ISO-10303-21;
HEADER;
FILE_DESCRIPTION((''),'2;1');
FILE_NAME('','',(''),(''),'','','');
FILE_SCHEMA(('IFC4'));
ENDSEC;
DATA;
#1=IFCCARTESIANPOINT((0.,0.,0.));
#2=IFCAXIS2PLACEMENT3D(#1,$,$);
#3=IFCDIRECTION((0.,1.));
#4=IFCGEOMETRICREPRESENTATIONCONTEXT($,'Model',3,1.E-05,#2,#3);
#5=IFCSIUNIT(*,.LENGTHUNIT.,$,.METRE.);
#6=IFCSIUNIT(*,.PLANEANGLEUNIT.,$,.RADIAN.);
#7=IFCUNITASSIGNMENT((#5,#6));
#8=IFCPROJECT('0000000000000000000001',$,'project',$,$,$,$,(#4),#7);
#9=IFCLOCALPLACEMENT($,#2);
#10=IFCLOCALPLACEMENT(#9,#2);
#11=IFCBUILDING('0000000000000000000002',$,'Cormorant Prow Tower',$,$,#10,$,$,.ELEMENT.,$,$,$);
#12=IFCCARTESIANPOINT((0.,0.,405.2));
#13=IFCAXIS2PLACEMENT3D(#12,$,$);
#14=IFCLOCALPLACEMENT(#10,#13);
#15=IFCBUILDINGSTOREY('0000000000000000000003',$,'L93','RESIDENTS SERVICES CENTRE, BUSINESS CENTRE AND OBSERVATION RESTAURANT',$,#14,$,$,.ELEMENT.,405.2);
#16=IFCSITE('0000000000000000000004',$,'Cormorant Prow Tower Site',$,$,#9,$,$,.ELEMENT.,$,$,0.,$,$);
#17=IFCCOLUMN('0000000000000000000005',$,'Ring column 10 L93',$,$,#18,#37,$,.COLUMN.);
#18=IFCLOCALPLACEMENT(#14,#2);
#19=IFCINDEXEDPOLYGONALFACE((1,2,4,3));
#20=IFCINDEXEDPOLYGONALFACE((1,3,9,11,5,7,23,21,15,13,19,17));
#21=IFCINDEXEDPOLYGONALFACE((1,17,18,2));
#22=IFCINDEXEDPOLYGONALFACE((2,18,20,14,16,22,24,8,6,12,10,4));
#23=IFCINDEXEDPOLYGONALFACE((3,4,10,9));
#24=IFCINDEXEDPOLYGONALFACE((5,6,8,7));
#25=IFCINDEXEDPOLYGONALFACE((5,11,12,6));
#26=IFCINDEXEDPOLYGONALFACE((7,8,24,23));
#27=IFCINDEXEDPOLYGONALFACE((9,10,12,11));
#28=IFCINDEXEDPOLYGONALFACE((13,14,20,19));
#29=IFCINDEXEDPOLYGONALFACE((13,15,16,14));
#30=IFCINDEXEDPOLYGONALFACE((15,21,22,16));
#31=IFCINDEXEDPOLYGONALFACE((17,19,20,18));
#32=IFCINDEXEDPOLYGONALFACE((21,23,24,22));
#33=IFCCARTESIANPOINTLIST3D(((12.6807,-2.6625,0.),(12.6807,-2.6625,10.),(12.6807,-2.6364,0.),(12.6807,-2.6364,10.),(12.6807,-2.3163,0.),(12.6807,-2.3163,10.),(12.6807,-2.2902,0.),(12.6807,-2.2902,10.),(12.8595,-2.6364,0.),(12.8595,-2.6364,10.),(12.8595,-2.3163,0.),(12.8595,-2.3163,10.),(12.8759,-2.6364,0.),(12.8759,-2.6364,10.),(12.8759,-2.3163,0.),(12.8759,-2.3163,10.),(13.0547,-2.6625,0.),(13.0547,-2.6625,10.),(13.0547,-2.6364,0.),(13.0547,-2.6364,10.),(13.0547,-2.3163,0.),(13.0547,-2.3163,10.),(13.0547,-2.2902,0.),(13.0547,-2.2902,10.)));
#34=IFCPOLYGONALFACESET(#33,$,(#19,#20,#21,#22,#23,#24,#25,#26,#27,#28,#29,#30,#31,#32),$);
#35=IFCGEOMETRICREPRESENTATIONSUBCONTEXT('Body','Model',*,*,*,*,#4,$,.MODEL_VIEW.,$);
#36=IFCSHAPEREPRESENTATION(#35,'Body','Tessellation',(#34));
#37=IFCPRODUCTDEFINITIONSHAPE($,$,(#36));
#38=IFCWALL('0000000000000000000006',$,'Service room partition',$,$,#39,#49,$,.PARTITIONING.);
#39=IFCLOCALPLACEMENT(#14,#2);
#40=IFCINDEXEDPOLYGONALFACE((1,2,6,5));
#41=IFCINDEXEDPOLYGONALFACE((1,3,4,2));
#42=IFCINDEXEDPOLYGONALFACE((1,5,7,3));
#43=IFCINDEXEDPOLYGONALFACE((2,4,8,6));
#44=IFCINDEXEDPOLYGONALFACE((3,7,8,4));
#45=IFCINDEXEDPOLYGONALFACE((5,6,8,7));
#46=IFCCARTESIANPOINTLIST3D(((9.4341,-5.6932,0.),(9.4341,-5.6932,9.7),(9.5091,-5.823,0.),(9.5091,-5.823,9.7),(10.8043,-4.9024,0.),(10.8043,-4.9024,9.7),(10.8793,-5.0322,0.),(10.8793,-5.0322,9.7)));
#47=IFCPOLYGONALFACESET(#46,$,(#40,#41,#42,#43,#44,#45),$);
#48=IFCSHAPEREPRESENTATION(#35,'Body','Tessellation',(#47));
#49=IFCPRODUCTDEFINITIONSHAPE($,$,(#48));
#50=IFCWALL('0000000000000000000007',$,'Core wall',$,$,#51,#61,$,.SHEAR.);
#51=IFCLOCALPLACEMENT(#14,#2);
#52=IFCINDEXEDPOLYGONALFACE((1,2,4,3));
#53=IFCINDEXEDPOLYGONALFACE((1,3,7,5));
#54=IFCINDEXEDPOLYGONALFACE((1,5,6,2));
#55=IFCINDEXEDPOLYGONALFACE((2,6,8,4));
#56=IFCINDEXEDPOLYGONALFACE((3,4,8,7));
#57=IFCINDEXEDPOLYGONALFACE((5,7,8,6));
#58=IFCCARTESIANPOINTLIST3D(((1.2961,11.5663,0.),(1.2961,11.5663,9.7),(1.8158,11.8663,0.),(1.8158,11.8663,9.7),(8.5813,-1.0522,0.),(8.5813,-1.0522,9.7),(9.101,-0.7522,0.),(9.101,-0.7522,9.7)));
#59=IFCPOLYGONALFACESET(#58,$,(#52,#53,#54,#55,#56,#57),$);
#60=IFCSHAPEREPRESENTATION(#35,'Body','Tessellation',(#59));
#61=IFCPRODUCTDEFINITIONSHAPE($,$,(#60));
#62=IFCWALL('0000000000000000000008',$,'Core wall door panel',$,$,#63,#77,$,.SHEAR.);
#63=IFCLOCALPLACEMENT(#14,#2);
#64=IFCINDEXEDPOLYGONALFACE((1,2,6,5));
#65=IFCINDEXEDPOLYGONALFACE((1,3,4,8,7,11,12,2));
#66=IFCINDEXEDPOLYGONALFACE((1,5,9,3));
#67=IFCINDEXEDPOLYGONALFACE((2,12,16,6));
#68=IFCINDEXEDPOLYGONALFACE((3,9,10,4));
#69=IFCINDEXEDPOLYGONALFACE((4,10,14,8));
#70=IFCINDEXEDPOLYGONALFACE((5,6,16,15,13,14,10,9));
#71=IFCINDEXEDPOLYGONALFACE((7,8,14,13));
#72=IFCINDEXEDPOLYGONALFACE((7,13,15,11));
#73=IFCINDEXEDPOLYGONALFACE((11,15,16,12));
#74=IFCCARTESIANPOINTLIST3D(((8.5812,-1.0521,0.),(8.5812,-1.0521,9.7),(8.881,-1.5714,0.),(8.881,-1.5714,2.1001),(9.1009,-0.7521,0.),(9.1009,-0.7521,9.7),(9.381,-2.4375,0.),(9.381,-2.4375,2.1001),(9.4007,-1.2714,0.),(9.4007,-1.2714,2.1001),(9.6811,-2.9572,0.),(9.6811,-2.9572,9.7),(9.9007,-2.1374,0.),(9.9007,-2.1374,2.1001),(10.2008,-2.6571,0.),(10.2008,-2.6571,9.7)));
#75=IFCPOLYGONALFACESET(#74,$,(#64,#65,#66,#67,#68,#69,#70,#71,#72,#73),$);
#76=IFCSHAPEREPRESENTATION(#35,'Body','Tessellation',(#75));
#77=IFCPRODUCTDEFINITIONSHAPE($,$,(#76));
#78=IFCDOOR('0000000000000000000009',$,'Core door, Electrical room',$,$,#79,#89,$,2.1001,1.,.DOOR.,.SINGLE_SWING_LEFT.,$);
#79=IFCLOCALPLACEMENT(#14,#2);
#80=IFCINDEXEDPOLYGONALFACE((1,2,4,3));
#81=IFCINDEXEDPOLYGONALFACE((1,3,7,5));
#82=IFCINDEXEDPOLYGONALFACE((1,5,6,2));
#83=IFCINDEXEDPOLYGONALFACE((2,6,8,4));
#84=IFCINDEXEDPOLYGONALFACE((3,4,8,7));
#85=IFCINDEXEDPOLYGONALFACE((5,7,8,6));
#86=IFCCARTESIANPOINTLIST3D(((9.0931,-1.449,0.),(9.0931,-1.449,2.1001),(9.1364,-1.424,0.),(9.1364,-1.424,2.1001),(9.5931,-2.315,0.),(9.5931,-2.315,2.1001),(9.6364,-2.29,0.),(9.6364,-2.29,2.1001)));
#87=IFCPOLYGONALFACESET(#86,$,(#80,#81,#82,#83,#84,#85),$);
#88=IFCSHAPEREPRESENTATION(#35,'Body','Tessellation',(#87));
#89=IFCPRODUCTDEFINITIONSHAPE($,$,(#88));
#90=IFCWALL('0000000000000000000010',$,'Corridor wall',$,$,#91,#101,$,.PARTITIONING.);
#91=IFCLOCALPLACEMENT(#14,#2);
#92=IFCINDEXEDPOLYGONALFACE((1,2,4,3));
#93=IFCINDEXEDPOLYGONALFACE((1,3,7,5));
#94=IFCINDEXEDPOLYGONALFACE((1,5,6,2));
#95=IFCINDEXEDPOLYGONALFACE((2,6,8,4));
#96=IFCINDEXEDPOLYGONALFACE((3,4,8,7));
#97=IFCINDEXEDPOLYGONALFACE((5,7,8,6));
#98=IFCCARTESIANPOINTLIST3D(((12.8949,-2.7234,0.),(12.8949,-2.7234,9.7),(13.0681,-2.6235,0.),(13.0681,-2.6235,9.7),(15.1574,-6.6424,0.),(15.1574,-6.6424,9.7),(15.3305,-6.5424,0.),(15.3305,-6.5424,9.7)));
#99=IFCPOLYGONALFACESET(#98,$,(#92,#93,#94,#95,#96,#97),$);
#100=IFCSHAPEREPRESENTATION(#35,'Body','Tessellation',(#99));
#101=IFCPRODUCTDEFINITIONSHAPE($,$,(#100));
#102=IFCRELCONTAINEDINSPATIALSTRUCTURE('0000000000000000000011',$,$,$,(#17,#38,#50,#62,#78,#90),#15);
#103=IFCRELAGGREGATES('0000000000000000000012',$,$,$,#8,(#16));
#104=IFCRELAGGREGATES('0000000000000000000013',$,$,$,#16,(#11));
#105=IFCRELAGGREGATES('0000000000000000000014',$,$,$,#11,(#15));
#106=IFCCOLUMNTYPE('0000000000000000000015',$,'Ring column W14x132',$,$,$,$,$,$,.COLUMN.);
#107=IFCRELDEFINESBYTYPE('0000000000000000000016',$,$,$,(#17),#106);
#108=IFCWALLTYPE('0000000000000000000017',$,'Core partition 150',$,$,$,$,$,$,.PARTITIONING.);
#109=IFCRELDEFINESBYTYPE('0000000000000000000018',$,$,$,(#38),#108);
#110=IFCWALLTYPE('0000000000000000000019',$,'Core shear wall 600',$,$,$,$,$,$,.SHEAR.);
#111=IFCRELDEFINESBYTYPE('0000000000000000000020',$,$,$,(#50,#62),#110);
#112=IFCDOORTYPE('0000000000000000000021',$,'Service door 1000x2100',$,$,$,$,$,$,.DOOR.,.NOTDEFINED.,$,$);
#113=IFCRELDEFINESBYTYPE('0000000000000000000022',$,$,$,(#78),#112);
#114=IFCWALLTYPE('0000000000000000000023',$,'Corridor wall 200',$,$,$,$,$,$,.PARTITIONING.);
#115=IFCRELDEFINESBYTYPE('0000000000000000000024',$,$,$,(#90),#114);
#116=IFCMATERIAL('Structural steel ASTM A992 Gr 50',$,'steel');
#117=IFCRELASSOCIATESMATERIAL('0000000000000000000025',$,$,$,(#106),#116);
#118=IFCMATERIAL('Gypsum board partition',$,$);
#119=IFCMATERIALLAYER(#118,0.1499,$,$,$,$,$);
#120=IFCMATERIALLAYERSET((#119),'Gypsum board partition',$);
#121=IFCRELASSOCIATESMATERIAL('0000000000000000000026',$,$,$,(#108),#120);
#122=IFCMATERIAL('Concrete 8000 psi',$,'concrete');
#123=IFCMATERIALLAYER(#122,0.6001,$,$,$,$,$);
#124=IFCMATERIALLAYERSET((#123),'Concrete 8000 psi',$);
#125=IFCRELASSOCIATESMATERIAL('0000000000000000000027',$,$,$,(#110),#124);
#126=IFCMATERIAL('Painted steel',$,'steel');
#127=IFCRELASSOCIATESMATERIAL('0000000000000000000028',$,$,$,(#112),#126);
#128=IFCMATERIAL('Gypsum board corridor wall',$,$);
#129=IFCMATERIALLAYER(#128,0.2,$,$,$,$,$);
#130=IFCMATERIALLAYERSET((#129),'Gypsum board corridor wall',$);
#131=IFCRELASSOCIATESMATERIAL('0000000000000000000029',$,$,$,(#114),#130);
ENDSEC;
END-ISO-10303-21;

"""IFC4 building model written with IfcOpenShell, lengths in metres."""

from ifc_helpers import new_model, si_unit, direction, frame, frame_2d, origin, origin_2d, place, context, subcontext, project, spatial, rectangle, i_section, extrude, material, layer, layer_set, material_profile, profile_set, type_object, element, fill, save


model = new_model("IFC4")

# Units and contexts
model_context = context("Model", 3, precision=1e-05, world=origin(), true_north=direction((0.0, 1.0)))
body_context = subcontext(model_context, "Body", "Model", "MODEL_VIEW")
ifc_project = project(units=[si_unit("LENGTHUNIT", "METRE"), si_unit("PLANEANGLEUNIT", "RADIAN")], contexts=[model_context])

# Site, building, storey
site_placement = place(None, origin())
site = spatial("IfcSite", under=ifc_project, at=site_placement, Name="Cormorant Prow Tower Site", CompositionType="ELEMENT", RefElevation=0.0)
building_placement = place(site_placement, origin())
building = spatial("IfcBuilding", under=site, at=building_placement, Name="Cormorant Prow Tower", CompositionType="ELEMENT")
storey_placement = place(building_placement, frame((0.0, 0.0, 405.2)))
storey = spatial("IfcBuildingStorey", under=building, at=storey_placement, Name="L93", Description="RESIDENTS SERVICES CENTRE, BUSINESS CENTRE AND OBSERVATION RESTAURANT", CompositionType="ELEMENT", Elevation=405.2)

# Column
ifc_material_1 = material(Name="Structural steel ASTM A992 Gr 50", Category="steel")
ifc_material_profile = material_profile(ifc_material_1, i_section(OverallWidth=0.374, OverallDepth=0.3723, WebThickness=0.0164, FlangeThickness=0.0261, at=origin_2d()), Name="W14x132")
ifc_profile_set = profile_set([ifc_material_profile], Name="Structural steel ASTM A992 Gr 50")
column_type = type_object("IfcColumnType", Name="Ring column W14x132", PredefinedType="COLUMN", material=ifc_profile_set)
column_placement = place(storey_placement, frame((12.8677, -2.4763, 0.0), z_axis=(0.0, 0.0, 1.0), x_axis=(1.0, 0.0, 0.0)))
element("IfcColumn", 1, at=column_placement, inside=storey, type_object=column_type, Name="Ring column 10 L93", PredefinedType="COLUMN", context=body_context, shape_type="SweptSolid", body=[
    extrude(i_section(OverallWidth=0.374, OverallDepth=0.3723, WebThickness=0.0164, FlangeThickness=0.0261, at=origin_2d()), origin(), (0.0, 0.0, 1.0), 10.0),
])

# Walls
ifc_material_2 = material(Name="Gypsum board partition")
ifc_layer_1 = layer(ifc_material_2, 0.1499)
ifc_layer_set_1 = layer_set([ifc_layer_1], Name="Gypsum board partition")
wall_type_1 = type_object("IfcWallType", Name="Core partition 150", PredefinedType="PARTITIONING", material=ifc_layer_set_1)
wall_1_placement = place(storey_placement, frame((10.8418, -4.9673, 0.0), z_axis=(0.0, 0.0, 1.0), x_axis=(-0.866098, -0.499874, 0.0)))
element("IfcWall", 2, at=wall_1_placement, inside=storey, type_object=wall_type_1, Name="Service room partition", PredefinedType="PARTITIONING", context=body_context, shape_type="SweptSolid", body=[
    extrude(rectangle(XDim=1.582, YDim=0.1499, at=frame_2d((0.791, 0.0))), origin(), (0.0, 0.0, 1.0), 9.7),
])
ifc_material_3 = material(Name="Concrete 8000 psi", Category="concrete")
ifc_layer_2 = layer(ifc_material_3, 0.6001)
ifc_layer_set_2 = layer_set([ifc_layer_2], Name="Concrete 8000 psi")
wall_type_2 = type_object("IfcWallType", Name="Core shear wall 600", PredefinedType="SHEAR", material=ifc_layer_set_2)
wall_2_placement = place(storey_placement, frame((8.8411, -0.9021, 0.0), z_axis=(0.0, 0.0, 1.0), x_axis=(-0.499996, 0.866028, 0.0)))
element("IfcWall", 3, at=wall_2_placement, inside=storey, type_object=wall_type_2, Name="Core wall", PredefinedType="SHEAR", context=body_context, shape_type="SweptSolid", body=[
    extrude(rectangle(XDim=14.5706, YDim=0.6001, at=frame_2d((7.2852, 0.0))), origin(), (0.0, 0.0, 1.0), 9.7),
])

# Wall, opening, door
wall_3_placement = place(storey_placement, frame((9.9409, -2.8071, 0.0), z_axis=(0.0, 0.0, 1.0), x_axis=(-0.499995, 0.866028, 0.0)))
wall_3 = element("IfcWall", 4, at=wall_3_placement, inside=storey, type_object=wall_type_2, Name="Core wall door panel", PredefinedType="SHEAR", context=body_context, shape_type="SweptSolid", body=[
    extrude(rectangle(XDim=2.1997, YDim=0.6001, at=frame_2d((1.0999, 0.0))), origin(), (0.0, 0.0, 1.0), 9.7),
])
opening_1_placement = place(wall_3_placement, frame((0.6001, 0.0, 0.0)))
opening_1 = element("IfcOpeningElement", 5, at=opening_1_placement, cuts=wall_3, PredefinedType="OPENING", context=body_context, shape_type="SweptSolid", body=[
    extrude(rectangle(XDim=1.0, YDim=2.1001, at=frame_2d((0.5, 1.05))), frame((0.0, 0.3101, 0.0), z_axis=(0.0, -1.0, 0.0), x_axis=(1.0, 0.0, 0.0)), (0.0, 0.0, 1.0), 0.6201),
])
ifc_material_4 = material(Name="Painted steel", Category="steel")
door_type_1 = type_object("IfcDoorType", Name="Service door 1000x2100", OperationType="NOTDEFINED", PredefinedType="DOOR", material=ifc_material_4)
door_1_placement = place(opening_1_placement, origin())
door_1 = element("IfcDoor", 6, at=door_1_placement, inside=storey, type_object=door_type_1, Name="Core door, Electrical room", OperationType="SINGLE_SWING_LEFT", OverallHeight=2.1001, OverallWidth=1.0, PredefinedType="DOOR", context=body_context, shape_type="SweptSolid", body=[
    extrude(rectangle(XDim=1.0, YDim=2.1001, at=frame_2d((0.5, 1.05))), frame((0.0, 0.0552, 0.0), z_axis=(0.0, -1.0, 0.0), x_axis=(1.0, 0.0, 0.0)), (0.0, 0.0, 1.0), 0.05),
])
fill(opening_1, door_1)

# Wall
ifc_material_5 = material(Name="Gypsum board corridor wall")
ifc_layer_3 = layer(ifc_material_5, 0.2)
ifc_layer_set_3 = layer_set([ifc_layer_3], Name="Gypsum board corridor wall")
wall_type_3 = type_object("IfcWallType", Name="Corridor wall 200", PredefinedType="PARTITIONING", material=ifc_layer_set_3)
wall_4_placement = place(storey_placement, frame((12.9814, -2.6733, 0.0), z_axis=(0.0, 0.0, 1.0), x_axis=(0.499975, -0.86604, 0.0)))
element("IfcWall", 7, at=wall_4_placement, inside=storey, type_object=wall_type_3, Name="Corridor wall", PredefinedType="PARTITIONING", context=body_context, shape_type="SweptSolid", body=[
    extrude(rectangle(XDim=4.5251, YDim=0.2, at=frame_2d((2.2627, 0.0))), origin(), (0.0, 0.0, 1.0), 9.7),
])

save(model, "model.ifc")
